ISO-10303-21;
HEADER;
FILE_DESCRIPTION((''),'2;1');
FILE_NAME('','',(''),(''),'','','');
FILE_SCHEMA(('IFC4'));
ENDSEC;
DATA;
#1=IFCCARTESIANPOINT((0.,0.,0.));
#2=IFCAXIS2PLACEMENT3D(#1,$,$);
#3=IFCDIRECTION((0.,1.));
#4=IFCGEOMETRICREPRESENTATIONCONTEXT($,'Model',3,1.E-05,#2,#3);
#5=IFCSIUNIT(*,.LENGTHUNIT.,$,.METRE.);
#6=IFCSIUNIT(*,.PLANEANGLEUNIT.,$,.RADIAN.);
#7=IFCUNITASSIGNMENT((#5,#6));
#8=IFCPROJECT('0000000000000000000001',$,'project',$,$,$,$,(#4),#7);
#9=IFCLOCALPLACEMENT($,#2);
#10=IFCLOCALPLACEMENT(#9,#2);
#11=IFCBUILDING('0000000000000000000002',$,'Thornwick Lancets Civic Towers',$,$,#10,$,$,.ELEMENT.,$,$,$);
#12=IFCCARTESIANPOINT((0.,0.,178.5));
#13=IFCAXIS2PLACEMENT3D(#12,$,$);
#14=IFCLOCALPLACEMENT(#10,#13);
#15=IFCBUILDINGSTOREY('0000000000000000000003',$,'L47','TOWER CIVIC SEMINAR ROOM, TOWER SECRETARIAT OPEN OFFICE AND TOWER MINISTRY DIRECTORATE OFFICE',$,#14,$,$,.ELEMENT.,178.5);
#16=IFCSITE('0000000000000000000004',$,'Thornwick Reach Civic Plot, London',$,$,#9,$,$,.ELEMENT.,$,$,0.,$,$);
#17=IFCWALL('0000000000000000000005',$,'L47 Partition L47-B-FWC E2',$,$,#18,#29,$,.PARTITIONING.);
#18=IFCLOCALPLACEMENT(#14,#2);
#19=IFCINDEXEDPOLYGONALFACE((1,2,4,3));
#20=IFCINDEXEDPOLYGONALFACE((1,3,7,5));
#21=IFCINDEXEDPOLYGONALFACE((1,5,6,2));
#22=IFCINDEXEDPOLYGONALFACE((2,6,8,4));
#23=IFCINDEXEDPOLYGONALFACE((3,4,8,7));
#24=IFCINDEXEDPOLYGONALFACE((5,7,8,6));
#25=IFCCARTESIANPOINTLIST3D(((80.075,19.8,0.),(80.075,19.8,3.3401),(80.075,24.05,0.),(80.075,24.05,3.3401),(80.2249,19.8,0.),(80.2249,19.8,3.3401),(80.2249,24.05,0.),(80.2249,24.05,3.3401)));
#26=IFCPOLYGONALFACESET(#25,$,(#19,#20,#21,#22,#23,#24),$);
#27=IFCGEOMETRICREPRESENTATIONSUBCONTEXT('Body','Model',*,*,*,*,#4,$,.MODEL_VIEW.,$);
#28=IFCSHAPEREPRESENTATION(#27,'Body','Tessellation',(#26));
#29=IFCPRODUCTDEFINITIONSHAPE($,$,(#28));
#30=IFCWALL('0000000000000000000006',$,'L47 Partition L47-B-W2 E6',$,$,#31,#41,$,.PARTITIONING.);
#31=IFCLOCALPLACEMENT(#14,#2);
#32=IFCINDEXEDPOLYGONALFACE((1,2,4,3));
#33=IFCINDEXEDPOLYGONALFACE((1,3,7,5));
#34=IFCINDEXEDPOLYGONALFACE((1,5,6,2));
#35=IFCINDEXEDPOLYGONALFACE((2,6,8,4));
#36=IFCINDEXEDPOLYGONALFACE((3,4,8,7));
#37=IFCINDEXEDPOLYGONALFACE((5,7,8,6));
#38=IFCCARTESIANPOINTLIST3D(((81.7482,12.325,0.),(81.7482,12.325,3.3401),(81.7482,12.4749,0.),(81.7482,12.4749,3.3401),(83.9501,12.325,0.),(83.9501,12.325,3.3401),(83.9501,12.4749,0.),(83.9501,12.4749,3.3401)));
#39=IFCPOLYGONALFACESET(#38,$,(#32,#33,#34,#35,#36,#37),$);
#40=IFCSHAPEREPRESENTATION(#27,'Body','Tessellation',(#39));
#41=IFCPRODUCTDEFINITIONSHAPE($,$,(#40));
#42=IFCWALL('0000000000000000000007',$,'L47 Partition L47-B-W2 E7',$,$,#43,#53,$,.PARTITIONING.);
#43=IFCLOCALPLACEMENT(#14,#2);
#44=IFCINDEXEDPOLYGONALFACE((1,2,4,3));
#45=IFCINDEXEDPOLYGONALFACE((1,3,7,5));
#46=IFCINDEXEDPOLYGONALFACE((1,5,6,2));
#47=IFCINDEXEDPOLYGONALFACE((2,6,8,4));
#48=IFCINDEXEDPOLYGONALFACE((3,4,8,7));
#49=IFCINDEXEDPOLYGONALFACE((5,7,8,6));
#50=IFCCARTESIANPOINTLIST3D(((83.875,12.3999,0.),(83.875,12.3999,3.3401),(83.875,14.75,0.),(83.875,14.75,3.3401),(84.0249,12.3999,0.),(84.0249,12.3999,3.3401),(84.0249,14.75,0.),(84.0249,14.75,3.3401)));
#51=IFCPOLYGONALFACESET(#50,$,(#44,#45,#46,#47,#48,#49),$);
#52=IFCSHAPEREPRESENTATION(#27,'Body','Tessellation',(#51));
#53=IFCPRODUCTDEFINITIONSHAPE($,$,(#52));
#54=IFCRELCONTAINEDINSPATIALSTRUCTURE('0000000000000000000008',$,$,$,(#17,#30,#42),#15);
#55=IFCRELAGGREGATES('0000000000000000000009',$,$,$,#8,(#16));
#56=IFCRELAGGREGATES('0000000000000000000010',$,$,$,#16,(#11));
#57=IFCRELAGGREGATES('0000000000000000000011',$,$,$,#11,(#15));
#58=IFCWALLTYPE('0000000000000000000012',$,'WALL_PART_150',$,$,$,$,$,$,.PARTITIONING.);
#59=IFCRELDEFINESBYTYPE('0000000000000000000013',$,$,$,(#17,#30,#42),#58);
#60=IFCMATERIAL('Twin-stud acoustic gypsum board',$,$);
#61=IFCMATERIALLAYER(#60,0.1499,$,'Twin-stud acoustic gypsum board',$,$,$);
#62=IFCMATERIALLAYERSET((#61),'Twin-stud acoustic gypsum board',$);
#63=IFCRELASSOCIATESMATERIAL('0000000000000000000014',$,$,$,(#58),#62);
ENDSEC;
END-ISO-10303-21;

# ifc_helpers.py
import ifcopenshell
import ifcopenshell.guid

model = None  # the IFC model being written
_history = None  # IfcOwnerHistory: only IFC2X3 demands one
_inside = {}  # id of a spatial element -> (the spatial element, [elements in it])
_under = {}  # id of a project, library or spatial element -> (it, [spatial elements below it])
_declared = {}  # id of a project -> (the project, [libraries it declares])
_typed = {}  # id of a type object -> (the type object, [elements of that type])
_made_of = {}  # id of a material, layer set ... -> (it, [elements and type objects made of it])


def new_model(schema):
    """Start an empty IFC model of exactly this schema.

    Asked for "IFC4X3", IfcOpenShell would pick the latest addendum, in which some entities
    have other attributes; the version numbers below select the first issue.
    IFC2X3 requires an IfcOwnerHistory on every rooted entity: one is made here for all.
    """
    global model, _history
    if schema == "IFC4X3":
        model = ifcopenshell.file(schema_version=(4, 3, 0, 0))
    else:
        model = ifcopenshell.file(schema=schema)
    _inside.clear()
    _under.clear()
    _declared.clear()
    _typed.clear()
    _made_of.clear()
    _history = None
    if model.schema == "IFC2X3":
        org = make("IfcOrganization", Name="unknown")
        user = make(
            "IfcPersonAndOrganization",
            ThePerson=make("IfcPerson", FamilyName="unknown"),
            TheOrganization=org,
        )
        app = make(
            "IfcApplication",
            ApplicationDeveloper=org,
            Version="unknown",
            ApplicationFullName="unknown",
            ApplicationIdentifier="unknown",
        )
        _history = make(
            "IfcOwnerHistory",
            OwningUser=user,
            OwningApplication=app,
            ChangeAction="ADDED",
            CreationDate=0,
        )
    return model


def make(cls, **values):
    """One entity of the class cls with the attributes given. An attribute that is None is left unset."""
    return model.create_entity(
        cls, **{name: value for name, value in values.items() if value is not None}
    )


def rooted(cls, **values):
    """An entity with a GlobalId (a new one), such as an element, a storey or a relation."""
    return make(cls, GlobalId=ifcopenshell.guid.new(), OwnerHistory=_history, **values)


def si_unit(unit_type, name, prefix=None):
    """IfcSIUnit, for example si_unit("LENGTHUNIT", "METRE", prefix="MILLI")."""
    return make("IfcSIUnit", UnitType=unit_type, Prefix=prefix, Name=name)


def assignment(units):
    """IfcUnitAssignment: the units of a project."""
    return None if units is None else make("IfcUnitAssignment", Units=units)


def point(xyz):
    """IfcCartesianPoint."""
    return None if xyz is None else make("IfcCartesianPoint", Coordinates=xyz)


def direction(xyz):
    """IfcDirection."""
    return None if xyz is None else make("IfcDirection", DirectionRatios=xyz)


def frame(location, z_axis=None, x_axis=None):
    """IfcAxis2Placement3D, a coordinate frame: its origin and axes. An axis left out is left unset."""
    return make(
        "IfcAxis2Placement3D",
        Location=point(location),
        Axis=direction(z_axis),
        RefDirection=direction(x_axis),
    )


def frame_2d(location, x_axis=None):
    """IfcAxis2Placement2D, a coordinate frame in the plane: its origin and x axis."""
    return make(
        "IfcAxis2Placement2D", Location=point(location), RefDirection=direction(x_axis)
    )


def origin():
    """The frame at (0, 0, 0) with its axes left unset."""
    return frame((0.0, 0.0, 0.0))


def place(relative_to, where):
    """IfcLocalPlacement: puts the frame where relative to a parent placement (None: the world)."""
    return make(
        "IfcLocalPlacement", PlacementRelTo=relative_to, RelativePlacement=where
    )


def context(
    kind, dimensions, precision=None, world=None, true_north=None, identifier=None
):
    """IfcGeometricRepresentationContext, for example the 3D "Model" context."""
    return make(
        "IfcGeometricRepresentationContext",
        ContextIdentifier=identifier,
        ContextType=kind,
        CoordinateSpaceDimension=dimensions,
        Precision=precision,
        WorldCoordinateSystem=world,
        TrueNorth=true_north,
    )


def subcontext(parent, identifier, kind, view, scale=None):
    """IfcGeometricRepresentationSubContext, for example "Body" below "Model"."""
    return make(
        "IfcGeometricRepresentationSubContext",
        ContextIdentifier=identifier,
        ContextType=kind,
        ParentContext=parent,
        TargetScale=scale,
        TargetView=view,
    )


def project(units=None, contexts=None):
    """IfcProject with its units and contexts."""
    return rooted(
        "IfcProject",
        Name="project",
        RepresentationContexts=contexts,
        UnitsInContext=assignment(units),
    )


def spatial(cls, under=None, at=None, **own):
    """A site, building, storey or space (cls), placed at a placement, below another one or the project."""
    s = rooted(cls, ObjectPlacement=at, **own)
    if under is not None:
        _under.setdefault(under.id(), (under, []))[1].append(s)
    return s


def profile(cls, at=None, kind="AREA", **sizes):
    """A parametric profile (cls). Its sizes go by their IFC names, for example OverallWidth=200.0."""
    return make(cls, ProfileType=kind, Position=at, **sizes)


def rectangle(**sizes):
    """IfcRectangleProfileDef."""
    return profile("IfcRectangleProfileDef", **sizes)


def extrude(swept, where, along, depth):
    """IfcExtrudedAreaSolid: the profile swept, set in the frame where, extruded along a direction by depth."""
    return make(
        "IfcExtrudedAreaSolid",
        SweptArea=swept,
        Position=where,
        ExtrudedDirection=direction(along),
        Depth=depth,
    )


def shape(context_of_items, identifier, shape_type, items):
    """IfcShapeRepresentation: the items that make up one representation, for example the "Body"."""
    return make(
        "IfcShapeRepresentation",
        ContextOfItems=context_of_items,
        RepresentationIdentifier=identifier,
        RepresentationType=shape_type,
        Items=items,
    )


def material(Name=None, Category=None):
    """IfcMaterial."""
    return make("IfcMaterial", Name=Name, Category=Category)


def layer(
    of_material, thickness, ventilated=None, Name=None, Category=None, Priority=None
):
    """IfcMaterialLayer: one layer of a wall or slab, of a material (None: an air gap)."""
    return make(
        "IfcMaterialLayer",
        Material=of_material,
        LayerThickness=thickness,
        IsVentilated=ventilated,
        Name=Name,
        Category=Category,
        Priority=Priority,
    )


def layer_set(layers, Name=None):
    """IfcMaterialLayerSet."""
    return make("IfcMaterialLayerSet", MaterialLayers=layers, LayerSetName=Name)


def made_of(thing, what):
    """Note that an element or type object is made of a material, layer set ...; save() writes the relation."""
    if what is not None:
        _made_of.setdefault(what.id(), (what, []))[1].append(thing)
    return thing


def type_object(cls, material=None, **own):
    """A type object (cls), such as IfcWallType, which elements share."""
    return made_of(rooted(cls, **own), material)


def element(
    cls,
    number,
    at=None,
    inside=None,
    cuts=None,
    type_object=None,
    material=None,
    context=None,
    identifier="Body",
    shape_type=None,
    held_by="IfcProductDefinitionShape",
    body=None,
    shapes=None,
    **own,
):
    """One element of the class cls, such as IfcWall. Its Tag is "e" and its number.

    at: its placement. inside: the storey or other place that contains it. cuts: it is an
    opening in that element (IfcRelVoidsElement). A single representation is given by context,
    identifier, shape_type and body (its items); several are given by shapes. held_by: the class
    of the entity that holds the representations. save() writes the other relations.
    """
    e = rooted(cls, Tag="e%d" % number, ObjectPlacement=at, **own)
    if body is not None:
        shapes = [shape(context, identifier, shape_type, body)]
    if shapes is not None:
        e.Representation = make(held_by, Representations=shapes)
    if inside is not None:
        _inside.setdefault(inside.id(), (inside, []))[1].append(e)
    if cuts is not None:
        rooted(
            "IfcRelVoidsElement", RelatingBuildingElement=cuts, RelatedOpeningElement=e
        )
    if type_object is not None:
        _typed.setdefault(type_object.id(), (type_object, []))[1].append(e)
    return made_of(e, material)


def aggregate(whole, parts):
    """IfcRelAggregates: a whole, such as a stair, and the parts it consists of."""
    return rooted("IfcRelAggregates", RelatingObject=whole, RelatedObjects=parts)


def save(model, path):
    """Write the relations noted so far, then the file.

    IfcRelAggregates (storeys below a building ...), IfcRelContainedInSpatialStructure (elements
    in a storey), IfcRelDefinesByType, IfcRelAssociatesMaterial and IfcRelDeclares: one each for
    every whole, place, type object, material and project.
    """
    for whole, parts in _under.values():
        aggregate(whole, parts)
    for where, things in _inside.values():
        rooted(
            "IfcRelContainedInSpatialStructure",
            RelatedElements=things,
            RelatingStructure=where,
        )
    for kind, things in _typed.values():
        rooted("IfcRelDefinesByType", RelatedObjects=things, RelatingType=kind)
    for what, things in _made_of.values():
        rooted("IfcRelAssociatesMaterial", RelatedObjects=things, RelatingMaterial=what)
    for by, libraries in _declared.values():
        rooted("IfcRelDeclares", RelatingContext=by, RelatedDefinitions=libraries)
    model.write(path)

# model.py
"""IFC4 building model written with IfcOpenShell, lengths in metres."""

from ifc_helpers import new_model, si_unit, direction, frame, frame_2d, origin, place, context, subcontext, project, spatial, rectangle, extrude, material, layer, layer_set, type_object, element, save


model = new_model("IFC4")

# Units and contexts
model_context = context("Model", 3, precision=1e-05, world=origin(), true_north=direction((0.0, 1.0)))
body_context = subcontext(model_context, "Body", "Model", "MODEL_VIEW")
ifc_project = project(units=[si_unit("LENGTHUNIT", "METRE"), si_unit("PLANEANGLEUNIT", "RADIAN")], contexts=[model_context])

# Site, building, storey
site_placement = place(None, origin())
site = spatial("IfcSite", under=ifc_project, at=site_placement, Name="Thornwick Reach Civic Plot, London", CompositionType="ELEMENT", RefElevation=0.0)
building_placement = place(site_placement, origin())
building = spatial("IfcBuilding", under=site, at=building_placement, Name="Thornwick Lancets Civic Towers", CompositionType="ELEMENT")
storey_placement = place(building_placement, frame((0.0, 0.0, 178.5)))
storey = spatial("IfcBuildingStorey", under=building, at=storey_placement, Name="L47", Description="TOWER CIVIC SEMINAR ROOM, TOWER SECRETARIAT OPEN OFFICE AND TOWER MINISTRY DIRECTORATE OFFICE", CompositionType="ELEMENT", Elevation=178.5)

# Wall
ifc_material_1 = material(Name="Twin-stud acoustic gypsum board")
ifc_layer_1 = layer(ifc_material_1, 0.1499, Name="Twin-stud acoustic gypsum board")
ifc_layer_set_1 = layer_set([ifc_layer_1], Name="Twin-stud acoustic gypsum board")
wall_type_1 = type_object("IfcWallType", Name="WALL_PART_150", PredefinedType="PARTITIONING", material=ifc_layer_set_1)
wall_1_placement = place(storey_placement, frame((80.1499, 19.8, 0.0), z_axis=(0.0, 0.0, 1.0), x_axis=(0.0, 1.0, 0.0)))
element("IfcWall", 1, at=wall_1_placement, inside=storey, type_object=wall_type_1, Name="L47 Partition L47-B-FWC E2", PredefinedType="PARTITIONING", context=body_context, shape_type="SweptSolid", body=[
    extrude(rectangle(XDim=4.25, YDim=0.1499, at=frame_2d((2.125, 0.0))), origin(), (0.0, 0.0, 1.0), 3.3401),
])

# Walls
wall_2_placement = place(storey_placement, frame((81.748, 12.3999, 0.0), z_axis=(0.0, 0.0, 1.0), x_axis=(1.0, 0.0, 0.0)))
element("IfcWall", 2, at=wall_2_placement, inside=storey, type_object=wall_type_1, Name="L47 Partition L47-B-W2 E6", PredefinedType="PARTITIONING", context=body_context, shape_type="SweptSolid", body=[
    extrude(rectangle(XDim=2.2019, YDim=0.1499, at=frame_2d((1.1011, 0.0))), origin(), (0.0, 0.0, 1.0), 3.3401),
])
wall_3_placement = place(storey_placement, frame((83.95, 12.3999, 0.0), z_axis=(0.0, 0.0, 1.0), x_axis=(0.0, 1.0, 0.0)))
element("IfcWall", 3, at=wall_3_placement, inside=storey, type_object=wall_type_1, Name="L47 Partition L47-B-W2 E7", PredefinedType="PARTITIONING", context=body_context, shape_type="SweptSolid", body=[
    extrude(rectangle(XDim=2.3501, YDim=0.1499, at=frame_2d((1.175, 0.0))), origin(), (0.0, 0.0, 1.0), 3.3401),
])

save(model, "model.ifc")
